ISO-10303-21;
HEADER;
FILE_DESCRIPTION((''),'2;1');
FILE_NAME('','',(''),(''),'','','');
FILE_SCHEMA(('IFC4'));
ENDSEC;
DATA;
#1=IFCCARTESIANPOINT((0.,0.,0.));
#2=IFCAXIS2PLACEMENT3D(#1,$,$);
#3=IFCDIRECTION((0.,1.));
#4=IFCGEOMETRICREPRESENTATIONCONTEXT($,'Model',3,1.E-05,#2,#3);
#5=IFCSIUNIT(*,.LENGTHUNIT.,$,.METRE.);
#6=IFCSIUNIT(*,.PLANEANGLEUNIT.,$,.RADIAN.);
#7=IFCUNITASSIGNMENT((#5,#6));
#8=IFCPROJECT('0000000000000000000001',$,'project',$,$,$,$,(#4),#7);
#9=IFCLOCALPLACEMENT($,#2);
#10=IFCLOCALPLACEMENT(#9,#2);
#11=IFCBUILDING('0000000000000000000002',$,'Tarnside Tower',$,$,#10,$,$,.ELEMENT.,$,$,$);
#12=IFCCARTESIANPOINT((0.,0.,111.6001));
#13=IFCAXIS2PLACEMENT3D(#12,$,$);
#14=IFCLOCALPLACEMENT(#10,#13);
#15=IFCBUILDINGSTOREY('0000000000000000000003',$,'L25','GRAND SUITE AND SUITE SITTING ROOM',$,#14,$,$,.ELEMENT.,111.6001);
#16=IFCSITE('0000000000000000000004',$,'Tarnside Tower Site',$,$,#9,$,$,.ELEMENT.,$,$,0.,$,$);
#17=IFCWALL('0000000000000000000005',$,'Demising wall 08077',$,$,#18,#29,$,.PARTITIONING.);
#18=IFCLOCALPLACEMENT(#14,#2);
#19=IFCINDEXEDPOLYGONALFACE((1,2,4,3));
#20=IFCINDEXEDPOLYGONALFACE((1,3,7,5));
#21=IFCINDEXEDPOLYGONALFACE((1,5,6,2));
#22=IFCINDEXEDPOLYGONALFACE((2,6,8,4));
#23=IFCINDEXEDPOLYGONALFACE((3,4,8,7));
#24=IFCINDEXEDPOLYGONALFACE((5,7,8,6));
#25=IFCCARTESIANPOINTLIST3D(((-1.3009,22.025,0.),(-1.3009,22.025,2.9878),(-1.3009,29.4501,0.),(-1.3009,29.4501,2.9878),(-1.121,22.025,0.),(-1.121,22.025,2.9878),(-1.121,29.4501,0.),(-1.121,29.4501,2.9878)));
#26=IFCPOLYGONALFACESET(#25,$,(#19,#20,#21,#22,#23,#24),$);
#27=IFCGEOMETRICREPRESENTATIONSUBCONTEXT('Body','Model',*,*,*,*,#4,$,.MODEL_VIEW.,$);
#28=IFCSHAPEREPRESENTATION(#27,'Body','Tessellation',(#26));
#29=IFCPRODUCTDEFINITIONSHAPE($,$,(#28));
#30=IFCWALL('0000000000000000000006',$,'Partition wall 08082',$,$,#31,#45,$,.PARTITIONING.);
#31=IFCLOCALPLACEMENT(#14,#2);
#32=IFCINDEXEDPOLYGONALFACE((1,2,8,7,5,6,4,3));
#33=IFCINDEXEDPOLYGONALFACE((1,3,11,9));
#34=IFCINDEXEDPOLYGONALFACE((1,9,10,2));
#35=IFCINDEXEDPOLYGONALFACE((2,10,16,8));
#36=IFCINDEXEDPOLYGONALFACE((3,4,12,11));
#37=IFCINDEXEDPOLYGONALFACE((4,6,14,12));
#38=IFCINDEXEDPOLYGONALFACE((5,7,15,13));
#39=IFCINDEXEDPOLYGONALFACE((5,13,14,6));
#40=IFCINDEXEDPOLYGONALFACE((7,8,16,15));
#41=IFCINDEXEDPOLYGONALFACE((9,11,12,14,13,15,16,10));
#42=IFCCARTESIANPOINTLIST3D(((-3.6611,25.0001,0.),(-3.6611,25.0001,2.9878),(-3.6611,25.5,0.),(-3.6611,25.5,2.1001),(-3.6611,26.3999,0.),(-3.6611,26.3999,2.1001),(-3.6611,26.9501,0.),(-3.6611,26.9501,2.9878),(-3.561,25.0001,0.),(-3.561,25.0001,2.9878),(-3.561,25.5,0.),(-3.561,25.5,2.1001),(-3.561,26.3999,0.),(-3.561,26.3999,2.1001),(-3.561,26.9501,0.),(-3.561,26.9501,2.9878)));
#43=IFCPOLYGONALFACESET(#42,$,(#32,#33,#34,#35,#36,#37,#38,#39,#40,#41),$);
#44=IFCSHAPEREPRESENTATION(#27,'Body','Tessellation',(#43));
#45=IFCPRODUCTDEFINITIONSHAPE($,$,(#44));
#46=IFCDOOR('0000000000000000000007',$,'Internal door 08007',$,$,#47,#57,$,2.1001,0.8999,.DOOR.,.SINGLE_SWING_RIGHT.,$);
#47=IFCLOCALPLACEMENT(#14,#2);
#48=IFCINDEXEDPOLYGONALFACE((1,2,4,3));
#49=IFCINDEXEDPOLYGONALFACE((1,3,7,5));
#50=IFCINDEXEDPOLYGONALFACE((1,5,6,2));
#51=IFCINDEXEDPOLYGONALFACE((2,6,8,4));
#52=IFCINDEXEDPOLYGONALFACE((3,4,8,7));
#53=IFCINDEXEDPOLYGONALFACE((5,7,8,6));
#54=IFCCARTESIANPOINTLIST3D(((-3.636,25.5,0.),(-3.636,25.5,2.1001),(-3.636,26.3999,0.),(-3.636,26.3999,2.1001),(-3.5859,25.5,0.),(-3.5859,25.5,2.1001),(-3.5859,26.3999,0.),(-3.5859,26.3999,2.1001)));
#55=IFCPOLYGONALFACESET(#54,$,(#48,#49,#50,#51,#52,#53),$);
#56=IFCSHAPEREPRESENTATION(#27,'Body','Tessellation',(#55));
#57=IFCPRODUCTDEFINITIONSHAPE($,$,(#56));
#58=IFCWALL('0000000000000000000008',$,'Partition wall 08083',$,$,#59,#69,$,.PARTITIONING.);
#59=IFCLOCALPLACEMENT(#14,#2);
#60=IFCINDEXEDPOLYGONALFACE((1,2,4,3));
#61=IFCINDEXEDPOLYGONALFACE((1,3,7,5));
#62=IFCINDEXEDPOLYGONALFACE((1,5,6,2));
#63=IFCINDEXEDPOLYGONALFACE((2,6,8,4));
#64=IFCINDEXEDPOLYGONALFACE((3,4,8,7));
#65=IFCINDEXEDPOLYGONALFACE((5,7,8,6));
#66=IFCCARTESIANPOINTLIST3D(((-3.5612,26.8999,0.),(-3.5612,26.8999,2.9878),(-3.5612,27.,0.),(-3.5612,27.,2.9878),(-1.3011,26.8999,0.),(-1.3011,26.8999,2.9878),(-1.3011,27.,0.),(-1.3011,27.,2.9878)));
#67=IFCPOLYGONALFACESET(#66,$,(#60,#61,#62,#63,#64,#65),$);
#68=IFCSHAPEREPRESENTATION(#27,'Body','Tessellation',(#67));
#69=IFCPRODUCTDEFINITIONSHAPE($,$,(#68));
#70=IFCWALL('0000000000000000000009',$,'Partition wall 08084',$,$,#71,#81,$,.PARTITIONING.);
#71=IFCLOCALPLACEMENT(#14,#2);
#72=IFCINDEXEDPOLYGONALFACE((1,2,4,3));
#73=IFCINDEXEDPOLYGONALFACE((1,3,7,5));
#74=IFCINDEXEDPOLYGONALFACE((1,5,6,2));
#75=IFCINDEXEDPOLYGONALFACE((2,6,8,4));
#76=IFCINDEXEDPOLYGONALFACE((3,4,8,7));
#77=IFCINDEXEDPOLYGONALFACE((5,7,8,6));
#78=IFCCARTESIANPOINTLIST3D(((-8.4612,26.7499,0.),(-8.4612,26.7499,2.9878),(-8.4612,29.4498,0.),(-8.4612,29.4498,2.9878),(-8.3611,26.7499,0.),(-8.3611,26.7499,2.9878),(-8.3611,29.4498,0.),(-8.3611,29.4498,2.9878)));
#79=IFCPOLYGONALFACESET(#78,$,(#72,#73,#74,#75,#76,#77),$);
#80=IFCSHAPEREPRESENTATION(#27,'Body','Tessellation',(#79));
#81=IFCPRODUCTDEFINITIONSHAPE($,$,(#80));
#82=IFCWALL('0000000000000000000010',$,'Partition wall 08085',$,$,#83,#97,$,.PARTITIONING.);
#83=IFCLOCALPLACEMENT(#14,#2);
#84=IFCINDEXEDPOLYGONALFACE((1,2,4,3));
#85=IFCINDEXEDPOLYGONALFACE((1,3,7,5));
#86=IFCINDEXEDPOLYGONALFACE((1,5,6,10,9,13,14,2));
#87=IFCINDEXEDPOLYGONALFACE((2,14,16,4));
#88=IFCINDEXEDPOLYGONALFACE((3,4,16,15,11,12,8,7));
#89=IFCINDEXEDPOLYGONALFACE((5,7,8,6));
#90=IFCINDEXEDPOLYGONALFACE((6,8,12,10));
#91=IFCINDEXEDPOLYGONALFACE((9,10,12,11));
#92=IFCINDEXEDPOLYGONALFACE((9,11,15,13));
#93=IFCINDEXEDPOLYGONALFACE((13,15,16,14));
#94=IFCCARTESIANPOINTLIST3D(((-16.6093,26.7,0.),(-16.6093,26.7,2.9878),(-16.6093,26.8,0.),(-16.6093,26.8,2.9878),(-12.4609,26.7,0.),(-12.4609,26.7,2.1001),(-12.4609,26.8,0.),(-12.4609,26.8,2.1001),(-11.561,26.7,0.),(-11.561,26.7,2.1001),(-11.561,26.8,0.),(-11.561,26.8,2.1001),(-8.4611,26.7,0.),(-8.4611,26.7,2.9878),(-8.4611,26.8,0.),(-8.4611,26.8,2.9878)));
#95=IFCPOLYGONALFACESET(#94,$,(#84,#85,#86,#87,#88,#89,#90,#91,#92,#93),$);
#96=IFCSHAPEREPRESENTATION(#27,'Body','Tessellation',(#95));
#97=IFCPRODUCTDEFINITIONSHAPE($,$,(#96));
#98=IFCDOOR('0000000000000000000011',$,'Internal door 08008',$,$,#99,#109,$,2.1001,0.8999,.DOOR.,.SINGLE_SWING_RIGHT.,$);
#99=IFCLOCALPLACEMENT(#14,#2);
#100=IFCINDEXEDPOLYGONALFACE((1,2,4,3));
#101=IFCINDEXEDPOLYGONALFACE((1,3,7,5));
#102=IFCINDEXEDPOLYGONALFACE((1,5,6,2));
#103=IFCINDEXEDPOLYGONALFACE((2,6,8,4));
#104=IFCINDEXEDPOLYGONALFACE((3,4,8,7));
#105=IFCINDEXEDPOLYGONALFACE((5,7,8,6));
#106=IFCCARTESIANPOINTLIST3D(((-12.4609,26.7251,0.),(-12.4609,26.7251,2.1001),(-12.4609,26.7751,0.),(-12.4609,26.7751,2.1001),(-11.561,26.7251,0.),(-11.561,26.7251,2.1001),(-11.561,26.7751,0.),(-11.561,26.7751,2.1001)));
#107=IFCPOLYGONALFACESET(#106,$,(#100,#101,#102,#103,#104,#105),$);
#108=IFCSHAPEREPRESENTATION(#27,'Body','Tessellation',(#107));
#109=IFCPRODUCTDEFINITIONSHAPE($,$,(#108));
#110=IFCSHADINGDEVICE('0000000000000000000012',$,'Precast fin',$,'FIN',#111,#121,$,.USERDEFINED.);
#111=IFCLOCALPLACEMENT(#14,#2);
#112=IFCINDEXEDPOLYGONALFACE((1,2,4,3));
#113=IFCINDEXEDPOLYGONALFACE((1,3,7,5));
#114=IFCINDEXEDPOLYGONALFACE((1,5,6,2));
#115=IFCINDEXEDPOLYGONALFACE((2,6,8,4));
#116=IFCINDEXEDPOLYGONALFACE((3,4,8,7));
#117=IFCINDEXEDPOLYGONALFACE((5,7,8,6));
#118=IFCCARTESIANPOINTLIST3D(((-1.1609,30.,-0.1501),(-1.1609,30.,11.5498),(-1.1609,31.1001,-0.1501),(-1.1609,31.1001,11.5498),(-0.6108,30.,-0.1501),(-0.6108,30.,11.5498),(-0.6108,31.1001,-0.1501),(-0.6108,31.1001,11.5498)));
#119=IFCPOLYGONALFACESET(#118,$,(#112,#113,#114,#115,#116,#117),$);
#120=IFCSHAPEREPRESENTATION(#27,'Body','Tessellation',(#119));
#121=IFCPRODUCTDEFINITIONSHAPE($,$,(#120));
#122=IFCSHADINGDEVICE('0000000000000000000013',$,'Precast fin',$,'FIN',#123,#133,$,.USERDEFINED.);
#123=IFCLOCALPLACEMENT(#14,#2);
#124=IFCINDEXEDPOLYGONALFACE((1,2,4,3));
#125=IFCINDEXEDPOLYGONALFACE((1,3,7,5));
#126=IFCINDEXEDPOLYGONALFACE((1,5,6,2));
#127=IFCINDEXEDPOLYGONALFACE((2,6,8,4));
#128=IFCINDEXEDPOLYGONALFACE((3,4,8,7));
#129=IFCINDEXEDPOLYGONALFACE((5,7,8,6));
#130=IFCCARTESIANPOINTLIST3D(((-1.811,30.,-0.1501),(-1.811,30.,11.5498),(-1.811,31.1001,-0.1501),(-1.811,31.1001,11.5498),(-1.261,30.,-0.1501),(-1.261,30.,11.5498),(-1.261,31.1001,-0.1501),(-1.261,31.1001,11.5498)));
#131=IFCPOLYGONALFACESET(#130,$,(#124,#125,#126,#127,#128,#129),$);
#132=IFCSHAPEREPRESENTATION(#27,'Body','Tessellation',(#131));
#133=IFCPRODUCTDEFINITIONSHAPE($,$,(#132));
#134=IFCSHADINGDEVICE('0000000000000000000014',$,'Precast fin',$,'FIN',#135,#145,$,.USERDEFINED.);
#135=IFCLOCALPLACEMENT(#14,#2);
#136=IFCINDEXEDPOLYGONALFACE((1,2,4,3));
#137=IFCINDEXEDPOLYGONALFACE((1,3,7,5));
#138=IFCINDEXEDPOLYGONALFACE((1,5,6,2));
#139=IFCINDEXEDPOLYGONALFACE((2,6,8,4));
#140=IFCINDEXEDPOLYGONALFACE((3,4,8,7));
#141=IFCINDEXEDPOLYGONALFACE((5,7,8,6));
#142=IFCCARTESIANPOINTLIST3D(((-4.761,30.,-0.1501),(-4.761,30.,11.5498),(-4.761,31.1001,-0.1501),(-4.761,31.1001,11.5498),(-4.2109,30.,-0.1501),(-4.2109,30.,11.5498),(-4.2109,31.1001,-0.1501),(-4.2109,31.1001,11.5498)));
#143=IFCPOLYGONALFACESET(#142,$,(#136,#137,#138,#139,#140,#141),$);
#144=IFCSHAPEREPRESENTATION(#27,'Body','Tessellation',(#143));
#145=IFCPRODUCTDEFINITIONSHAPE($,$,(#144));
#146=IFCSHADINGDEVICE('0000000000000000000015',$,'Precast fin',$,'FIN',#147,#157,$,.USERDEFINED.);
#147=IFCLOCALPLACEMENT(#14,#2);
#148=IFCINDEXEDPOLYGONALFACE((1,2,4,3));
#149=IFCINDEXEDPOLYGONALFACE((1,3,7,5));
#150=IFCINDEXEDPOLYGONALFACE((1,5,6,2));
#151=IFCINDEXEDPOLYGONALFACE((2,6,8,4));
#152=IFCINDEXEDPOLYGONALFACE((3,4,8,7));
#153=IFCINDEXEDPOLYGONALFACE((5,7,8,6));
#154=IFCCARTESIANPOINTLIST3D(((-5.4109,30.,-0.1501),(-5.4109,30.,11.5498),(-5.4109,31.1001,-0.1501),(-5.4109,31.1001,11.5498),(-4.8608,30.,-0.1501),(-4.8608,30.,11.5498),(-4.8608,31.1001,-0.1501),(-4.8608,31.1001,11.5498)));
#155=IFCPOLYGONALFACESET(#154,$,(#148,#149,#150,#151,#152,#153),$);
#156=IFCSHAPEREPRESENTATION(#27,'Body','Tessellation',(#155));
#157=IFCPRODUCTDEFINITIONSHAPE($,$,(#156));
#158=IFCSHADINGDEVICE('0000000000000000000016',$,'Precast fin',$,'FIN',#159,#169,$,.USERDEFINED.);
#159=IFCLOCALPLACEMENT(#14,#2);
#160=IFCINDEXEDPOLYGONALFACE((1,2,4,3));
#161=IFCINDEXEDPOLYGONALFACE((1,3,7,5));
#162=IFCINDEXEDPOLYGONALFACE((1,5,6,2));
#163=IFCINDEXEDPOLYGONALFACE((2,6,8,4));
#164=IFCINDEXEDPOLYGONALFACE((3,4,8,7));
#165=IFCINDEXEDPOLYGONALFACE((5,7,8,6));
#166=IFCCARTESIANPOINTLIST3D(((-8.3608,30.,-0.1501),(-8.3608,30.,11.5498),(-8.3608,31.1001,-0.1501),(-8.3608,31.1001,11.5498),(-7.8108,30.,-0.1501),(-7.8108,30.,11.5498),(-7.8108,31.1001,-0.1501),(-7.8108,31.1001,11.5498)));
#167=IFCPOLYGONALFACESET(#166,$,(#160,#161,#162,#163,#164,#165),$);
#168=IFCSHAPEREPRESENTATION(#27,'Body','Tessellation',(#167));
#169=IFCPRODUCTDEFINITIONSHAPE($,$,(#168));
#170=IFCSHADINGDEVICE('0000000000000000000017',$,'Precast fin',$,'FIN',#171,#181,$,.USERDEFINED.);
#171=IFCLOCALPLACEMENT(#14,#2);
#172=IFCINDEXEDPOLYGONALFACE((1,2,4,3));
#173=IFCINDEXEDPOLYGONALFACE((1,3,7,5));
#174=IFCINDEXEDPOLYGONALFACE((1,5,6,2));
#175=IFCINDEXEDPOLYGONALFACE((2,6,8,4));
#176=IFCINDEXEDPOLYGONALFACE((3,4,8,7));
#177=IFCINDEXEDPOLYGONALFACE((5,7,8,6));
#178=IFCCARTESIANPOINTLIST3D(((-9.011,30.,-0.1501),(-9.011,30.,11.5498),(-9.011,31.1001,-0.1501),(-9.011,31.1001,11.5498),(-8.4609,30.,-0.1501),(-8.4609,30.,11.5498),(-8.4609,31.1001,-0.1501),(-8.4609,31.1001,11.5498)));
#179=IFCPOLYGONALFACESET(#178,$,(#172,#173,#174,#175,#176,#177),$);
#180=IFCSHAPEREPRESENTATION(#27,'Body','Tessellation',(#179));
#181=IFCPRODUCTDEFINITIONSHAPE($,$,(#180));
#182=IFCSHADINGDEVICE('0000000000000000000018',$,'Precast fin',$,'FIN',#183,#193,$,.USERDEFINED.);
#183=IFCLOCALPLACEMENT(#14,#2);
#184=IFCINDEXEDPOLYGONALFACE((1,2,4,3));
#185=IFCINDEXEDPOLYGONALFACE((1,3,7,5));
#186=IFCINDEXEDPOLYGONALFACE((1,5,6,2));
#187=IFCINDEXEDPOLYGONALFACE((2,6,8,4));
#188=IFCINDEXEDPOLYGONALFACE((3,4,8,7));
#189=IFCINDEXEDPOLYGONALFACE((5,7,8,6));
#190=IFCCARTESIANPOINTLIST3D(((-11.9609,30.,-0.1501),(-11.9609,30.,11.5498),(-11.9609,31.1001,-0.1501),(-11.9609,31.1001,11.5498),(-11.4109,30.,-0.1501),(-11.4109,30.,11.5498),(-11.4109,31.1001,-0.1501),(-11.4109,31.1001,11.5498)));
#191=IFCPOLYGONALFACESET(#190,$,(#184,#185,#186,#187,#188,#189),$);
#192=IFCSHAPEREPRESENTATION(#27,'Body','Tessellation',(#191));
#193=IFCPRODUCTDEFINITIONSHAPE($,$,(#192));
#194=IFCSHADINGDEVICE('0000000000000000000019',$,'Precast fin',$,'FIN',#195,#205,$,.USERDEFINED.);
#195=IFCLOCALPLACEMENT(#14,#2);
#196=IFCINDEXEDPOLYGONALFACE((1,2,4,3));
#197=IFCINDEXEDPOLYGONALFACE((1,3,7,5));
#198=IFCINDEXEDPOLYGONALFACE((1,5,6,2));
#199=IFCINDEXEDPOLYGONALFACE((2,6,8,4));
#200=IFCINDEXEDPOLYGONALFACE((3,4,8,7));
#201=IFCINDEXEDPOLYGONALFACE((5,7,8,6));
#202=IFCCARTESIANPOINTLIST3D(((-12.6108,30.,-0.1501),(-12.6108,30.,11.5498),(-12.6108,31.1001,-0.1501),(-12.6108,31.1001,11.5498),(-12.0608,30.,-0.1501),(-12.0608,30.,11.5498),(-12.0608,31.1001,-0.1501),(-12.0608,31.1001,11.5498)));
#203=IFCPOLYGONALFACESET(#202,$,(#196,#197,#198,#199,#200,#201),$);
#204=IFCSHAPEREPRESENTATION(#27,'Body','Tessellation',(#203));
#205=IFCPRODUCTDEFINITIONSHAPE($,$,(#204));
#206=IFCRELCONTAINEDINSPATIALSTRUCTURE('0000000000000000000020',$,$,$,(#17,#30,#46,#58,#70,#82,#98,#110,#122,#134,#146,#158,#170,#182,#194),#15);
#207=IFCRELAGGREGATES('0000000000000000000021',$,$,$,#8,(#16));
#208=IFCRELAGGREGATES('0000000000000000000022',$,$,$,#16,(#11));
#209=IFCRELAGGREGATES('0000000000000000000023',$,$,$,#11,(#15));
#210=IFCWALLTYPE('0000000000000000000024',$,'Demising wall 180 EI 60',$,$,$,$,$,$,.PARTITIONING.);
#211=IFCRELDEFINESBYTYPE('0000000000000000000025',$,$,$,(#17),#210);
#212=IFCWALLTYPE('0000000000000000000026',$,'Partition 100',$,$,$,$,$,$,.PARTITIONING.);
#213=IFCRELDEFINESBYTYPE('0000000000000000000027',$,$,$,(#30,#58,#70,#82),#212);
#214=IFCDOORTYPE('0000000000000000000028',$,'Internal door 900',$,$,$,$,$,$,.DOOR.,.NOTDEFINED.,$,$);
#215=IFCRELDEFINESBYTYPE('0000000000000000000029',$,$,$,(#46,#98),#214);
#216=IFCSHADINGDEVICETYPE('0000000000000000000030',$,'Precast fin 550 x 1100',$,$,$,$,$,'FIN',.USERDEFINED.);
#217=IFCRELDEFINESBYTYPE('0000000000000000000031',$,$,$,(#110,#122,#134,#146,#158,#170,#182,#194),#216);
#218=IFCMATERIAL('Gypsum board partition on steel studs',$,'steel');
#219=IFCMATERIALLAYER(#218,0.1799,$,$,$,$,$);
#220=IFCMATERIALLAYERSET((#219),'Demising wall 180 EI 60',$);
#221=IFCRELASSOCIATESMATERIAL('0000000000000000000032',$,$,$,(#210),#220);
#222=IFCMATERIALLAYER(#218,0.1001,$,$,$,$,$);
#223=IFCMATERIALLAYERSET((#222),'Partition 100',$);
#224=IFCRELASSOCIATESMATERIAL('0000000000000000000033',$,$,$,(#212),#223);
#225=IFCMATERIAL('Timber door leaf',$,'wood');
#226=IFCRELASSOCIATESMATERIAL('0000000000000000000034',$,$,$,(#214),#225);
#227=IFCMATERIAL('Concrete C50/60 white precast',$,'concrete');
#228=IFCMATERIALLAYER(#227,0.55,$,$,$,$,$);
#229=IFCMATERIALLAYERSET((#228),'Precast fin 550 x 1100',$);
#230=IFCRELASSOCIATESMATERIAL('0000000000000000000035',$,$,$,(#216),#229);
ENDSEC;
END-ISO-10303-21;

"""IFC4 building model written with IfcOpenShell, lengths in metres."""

from ifc_helpers import new_model, si_unit, direction, frame, frame_2d, origin, place, context, subcontext, project, spatial, polyline, rectangle, outline, extrude, material, layer, layer_set, type_object, element, fill, save


model = new_model("IFC4")

# Units and contexts
model_context = context("Model", 3, precision=1e-05, world=origin(), true_north=direction((0.0, 1.0)))
body_context = subcontext(model_context, "Body", "Model", "MODEL_VIEW")
ifc_project = project(units=[si_unit("LENGTHUNIT", "METRE"), si_unit("PLANEANGLEUNIT", "RADIAN")], contexts=[model_context])

# Site, building, storey
site_placement = place(None, origin())
site = spatial("IfcSite", under=ifc_project, at=site_placement, Name="Tarnside Tower Site", CompositionType="ELEMENT", RefElevation=0.0)
building_placement = place(site_placement, origin())
building = spatial("IfcBuilding", under=site, at=building_placement, Name="Tarnside Tower", CompositionType="ELEMENT")
storey_placement = place(building_placement, frame((0.0, 0.0, 111.6001)))
storey = spatial("IfcBuildingStorey", under=building, at=storey_placement, Name="L25", Description="GRAND SUITE AND SUITE SITTING ROOM", CompositionType="ELEMENT", Elevation=111.6001)

# Shared definitions
ifc_material_1 = material(Name="Gypsum board partition on steel studs", Category="steel")

# Shared definitions
ifc_material_2 = material(Name="Timber door leaf", Category="wood")

# Wall
ifc_layer_1 = layer(ifc_material_1, 0.1799)
ifc_layer_set_1 = layer_set([ifc_layer_1], Name="Demising wall 180 EI 60")
wall_type_1 = type_object("IfcWallType", Name="Demising wall 180 EI 60", PredefinedType="PARTITIONING", material=ifc_layer_set_1)
wall_1_placement = place(storey_placement, frame((-1.2109, 29.45, 0.0), z_axis=(0.0, 0.0, 1.0), x_axis=(0.0, -1.0, 0.0)))
element("IfcWall", 1, at=wall_1_placement, inside=storey, type_object=wall_type_1, Name="Demising wall 08077", PredefinedType="PARTITIONING", context=body_context, shape_type="SweptSolid", body=[
    extrude(rectangle(XDim=7.425, YDim=0.1799, at=frame_2d((3.7124, 0.0))), origin(), (0.0, 0.0, 1.0), 2.9878),
])

# Wall, opening, door
ifc_layer_2 = layer(ifc_material_1, 0.1001)
ifc_layer_set_2 = layer_set([ifc_layer_2], Name="Partition 100")
wall_type_2 = type_object("IfcWallType", Name="Partition 100", PredefinedType="PARTITIONING", material=ifc_layer_set_2)
wall_2_placement = place(storey_placement, frame((-3.6111, 25.0, 0.0), z_axis=(0.0, 0.0, 1.0), x_axis=(0.0, 1.0, 0.0)))
wall_2 = element("IfcWall", 2, at=wall_2_placement, inside=storey, type_object=wall_type_2, Name="Partition wall 08082", PredefinedType="PARTITIONING", context=body_context, shape_type="SweptSolid", body=[
    extrude(rectangle(XDim=1.95, YDim=0.1001, at=frame_2d((0.9751, 0.0))), origin(), (0.0, 0.0, 1.0), 2.9878),
])
opening_1_placement = place(wall_2_placement, frame((0.5, 0.0, 0.0)))
opening_1 = element("IfcOpeningElement", 3, at=opening_1_placement, cuts=wall_2, PredefinedType="OPENING", context=body_context, shape_type="SweptSolid", body=[
    extrude(rectangle(XDim=0.8999, YDim=2.1001, at=frame_2d((0.45, 1.05))), frame((0.0, 0.0601, 0.0), z_axis=(0.0, -1.0, 0.0), x_axis=(1.0, 0.0, 0.0)), (0.0, 0.0, 1.0), 0.1201),
])
door_type_1 = type_object("IfcDoorType", Name="Internal door 900", OperationType="NOTDEFINED", PredefinedType="DOOR", material=ifc_material_2)
door_1_placement = place(opening_1_placement, origin())
door_1 = element("IfcDoor", 4, at=door_1_placement, inside=storey, type_object=door_type_1, Name="Internal door 08007", OperationType="SINGLE_SWING_RIGHT", OverallHeight=2.1001, OverallWidth=0.8999, PredefinedType="DOOR", context=body_context, shape_type="SweptSolid", body=[
    extrude(rectangle(XDim=0.8999, YDim=2.1001, at=frame_2d((0.45, 1.05))), frame((0.0, 0.0249, 0.0), z_axis=(0.0, -1.0, 0.0), x_axis=(1.0, 0.0, 0.0)), (0.0, 0.0, 1.0), 0.05),
])
fill(opening_1, door_1)

# Walls
wall_3_placement = place(storey_placement, frame((-3.561, 26.95, 0.0), z_axis=(0.0, 0.0, 1.0), x_axis=(1.0, 0.0, 0.0)))
element("IfcWall", 5, at=wall_3_placement, inside=storey, type_object=wall_type_2, Name="Partition wall 08083", PredefinedType="PARTITIONING", context=body_context, shape_type="SweptSolid", body=[
    extrude(rectangle(XDim=2.26, YDim=0.1001, at=frame_2d((1.1299, 0.0))), origin(), (0.0, 0.0, 1.0), 2.9878),
])
wall_4_placement = place(storey_placement, frame((-8.4111, 29.45, 0.0), z_axis=(0.0, 0.0, 1.0), x_axis=(0.0, -1.0, 0.0)))
element("IfcWall", 6, at=wall_4_placement, inside=storey, type_object=wall_type_2, Name="Partition wall 08084", PredefinedType="PARTITIONING", context=body_context, shape_type="SweptSolid", body=[
    extrude(rectangle(XDim=2.7, YDim=0.1001, at=frame_2d((1.3501, 0.0))), origin(), (0.0, 0.0, 1.0), 2.9878),
])

# Wall, opening, door
wall_5_placement = place(storey_placement, frame((-8.4609, 26.75, 0.0), z_axis=(0.0, 0.0, 1.0), x_axis=(-1.0, 0.0, 0.0)))
wall_5 = element("IfcWall", 7, at=wall_5_placement, inside=storey, type_object=wall_type_2, Name="Partition wall 08085", PredefinedType="PARTITIONING", context=body_context, shape_type="SweptSolid", body=[
    extrude(rectangle(XDim=8.1482, YDim=0.1001, at=frame_2d((4.0742, 0.0))), origin(), (0.0, 0.0, 1.0), 2.9878),
])
opening_2_placement = place(wall_5_placement, frame((3.1001, 0.0, 0.0)))
opening_2 = element("IfcOpeningElement", 8, at=opening_2_placement, cuts=wall_5, PredefinedType="OPENING", context=body_context, shape_type="SweptSolid", body=[
    extrude(rectangle(XDim=0.8999, YDim=2.1001, at=frame_2d((0.45, 1.05))), frame((0.0, 0.0601, 0.0), z_axis=(0.0, -1.0, 0.0), x_axis=(1.0, 0.0, 0.0)), (0.0, 0.0, 1.0), 0.1201),
])
door_2_placement = place(opening_2_placement, origin())
door_2 = element("IfcDoor", 9, at=door_2_placement, inside=storey, type_object=door_type_1, Name="Internal door 08008", OperationType="SINGLE_SWING_RIGHT", OverallHeight=2.1001, OverallWidth=0.8999, PredefinedType="DOOR", context=body_context, shape_type="SweptSolid", body=[
    extrude(rectangle(XDim=0.8999, YDim=2.1001, at=frame_2d((0.45, 1.05))), frame((0.0, 0.0249, 0.0), z_axis=(0.0, -1.0, 0.0), x_axis=(1.0, 0.0, 0.0)), (0.0, 0.0, 1.0), 0.05),
])
fill(opening_2, door_2)

# Shading devices
ifc_material_3 = material(Name="Concrete C50/60 white precast", Category="concrete")
ifc_layer_3 = layer(ifc_material_3, 0.55)
ifc_layer_set_3 = layer_set([ifc_layer_3], Name="Precast fin 550 x 1100")
shading_device_type = type_object("IfcShadingDeviceType", Name="Precast fin 550 x 1100", ElementType="FIN", PredefinedType="USERDEFINED", material=ifc_layer_set_3)
for number, where, z_axis, x_axis, name in (
    (10, (-0.886, 30.0, -0.1501), (1.0, 0.0, 0.0), (0.0, 1.0, 0.0), "Precast fin"),
    (11, (-1.5361, 30.0, -0.1501), (1.0, 0.0, 0.0), (0.0, 1.0, 0.0), "Precast fin"),
    (12, (-4.4861, 30.0, -0.1501), (1.0, 0.0, 0.0), (0.0, 1.0, 0.0), "Precast fin"),
    (13, (-5.136, 30.0, -0.1501), (1.0, 0.0, 0.0), (0.0, 1.0, 0.0), "Precast fin"),
    (14, (-8.0859, 30.0, -0.1501), (1.0, 0.0, 0.0), (0.0, 1.0, 0.0), "Precast fin"),
    (15, (-8.7361, 30.0, -0.1501), (1.0, 0.0, 0.0), (0.0, 1.0, 0.0), "Precast fin"),
    (16, (-11.686, 30.0, -0.1501), (1.0, 0.0, 0.0), (0.0, 1.0, 0.0), "Precast fin"),
    (17, (-12.3359, 30.0, -0.1501), (1.0, 0.0, 0.0), (0.0, 1.0, 0.0), "Precast fin"),
):
    element("IfcShadingDevice", number, at=place(storey_placement, frame(where, z_axis=z_axis, x_axis=x_axis)), inside=storey, type_object=shading_device_type, Name=name, ObjectType="FIN", PredefinedType="USERDEFINED", context=body_context, shape_type="SweptSolid", body=[
        extrude(outline(polyline([(0.0, 0.0), (1.1001, 0.0), (1.1001, 11.7), (0.0, 11.7), (0.0, 0.0)])), frame((0.0, 0.0, -0.2749)), (0.0, 0.0, 1.0), 0.55),
    ])

save(model, "model.ifc")
